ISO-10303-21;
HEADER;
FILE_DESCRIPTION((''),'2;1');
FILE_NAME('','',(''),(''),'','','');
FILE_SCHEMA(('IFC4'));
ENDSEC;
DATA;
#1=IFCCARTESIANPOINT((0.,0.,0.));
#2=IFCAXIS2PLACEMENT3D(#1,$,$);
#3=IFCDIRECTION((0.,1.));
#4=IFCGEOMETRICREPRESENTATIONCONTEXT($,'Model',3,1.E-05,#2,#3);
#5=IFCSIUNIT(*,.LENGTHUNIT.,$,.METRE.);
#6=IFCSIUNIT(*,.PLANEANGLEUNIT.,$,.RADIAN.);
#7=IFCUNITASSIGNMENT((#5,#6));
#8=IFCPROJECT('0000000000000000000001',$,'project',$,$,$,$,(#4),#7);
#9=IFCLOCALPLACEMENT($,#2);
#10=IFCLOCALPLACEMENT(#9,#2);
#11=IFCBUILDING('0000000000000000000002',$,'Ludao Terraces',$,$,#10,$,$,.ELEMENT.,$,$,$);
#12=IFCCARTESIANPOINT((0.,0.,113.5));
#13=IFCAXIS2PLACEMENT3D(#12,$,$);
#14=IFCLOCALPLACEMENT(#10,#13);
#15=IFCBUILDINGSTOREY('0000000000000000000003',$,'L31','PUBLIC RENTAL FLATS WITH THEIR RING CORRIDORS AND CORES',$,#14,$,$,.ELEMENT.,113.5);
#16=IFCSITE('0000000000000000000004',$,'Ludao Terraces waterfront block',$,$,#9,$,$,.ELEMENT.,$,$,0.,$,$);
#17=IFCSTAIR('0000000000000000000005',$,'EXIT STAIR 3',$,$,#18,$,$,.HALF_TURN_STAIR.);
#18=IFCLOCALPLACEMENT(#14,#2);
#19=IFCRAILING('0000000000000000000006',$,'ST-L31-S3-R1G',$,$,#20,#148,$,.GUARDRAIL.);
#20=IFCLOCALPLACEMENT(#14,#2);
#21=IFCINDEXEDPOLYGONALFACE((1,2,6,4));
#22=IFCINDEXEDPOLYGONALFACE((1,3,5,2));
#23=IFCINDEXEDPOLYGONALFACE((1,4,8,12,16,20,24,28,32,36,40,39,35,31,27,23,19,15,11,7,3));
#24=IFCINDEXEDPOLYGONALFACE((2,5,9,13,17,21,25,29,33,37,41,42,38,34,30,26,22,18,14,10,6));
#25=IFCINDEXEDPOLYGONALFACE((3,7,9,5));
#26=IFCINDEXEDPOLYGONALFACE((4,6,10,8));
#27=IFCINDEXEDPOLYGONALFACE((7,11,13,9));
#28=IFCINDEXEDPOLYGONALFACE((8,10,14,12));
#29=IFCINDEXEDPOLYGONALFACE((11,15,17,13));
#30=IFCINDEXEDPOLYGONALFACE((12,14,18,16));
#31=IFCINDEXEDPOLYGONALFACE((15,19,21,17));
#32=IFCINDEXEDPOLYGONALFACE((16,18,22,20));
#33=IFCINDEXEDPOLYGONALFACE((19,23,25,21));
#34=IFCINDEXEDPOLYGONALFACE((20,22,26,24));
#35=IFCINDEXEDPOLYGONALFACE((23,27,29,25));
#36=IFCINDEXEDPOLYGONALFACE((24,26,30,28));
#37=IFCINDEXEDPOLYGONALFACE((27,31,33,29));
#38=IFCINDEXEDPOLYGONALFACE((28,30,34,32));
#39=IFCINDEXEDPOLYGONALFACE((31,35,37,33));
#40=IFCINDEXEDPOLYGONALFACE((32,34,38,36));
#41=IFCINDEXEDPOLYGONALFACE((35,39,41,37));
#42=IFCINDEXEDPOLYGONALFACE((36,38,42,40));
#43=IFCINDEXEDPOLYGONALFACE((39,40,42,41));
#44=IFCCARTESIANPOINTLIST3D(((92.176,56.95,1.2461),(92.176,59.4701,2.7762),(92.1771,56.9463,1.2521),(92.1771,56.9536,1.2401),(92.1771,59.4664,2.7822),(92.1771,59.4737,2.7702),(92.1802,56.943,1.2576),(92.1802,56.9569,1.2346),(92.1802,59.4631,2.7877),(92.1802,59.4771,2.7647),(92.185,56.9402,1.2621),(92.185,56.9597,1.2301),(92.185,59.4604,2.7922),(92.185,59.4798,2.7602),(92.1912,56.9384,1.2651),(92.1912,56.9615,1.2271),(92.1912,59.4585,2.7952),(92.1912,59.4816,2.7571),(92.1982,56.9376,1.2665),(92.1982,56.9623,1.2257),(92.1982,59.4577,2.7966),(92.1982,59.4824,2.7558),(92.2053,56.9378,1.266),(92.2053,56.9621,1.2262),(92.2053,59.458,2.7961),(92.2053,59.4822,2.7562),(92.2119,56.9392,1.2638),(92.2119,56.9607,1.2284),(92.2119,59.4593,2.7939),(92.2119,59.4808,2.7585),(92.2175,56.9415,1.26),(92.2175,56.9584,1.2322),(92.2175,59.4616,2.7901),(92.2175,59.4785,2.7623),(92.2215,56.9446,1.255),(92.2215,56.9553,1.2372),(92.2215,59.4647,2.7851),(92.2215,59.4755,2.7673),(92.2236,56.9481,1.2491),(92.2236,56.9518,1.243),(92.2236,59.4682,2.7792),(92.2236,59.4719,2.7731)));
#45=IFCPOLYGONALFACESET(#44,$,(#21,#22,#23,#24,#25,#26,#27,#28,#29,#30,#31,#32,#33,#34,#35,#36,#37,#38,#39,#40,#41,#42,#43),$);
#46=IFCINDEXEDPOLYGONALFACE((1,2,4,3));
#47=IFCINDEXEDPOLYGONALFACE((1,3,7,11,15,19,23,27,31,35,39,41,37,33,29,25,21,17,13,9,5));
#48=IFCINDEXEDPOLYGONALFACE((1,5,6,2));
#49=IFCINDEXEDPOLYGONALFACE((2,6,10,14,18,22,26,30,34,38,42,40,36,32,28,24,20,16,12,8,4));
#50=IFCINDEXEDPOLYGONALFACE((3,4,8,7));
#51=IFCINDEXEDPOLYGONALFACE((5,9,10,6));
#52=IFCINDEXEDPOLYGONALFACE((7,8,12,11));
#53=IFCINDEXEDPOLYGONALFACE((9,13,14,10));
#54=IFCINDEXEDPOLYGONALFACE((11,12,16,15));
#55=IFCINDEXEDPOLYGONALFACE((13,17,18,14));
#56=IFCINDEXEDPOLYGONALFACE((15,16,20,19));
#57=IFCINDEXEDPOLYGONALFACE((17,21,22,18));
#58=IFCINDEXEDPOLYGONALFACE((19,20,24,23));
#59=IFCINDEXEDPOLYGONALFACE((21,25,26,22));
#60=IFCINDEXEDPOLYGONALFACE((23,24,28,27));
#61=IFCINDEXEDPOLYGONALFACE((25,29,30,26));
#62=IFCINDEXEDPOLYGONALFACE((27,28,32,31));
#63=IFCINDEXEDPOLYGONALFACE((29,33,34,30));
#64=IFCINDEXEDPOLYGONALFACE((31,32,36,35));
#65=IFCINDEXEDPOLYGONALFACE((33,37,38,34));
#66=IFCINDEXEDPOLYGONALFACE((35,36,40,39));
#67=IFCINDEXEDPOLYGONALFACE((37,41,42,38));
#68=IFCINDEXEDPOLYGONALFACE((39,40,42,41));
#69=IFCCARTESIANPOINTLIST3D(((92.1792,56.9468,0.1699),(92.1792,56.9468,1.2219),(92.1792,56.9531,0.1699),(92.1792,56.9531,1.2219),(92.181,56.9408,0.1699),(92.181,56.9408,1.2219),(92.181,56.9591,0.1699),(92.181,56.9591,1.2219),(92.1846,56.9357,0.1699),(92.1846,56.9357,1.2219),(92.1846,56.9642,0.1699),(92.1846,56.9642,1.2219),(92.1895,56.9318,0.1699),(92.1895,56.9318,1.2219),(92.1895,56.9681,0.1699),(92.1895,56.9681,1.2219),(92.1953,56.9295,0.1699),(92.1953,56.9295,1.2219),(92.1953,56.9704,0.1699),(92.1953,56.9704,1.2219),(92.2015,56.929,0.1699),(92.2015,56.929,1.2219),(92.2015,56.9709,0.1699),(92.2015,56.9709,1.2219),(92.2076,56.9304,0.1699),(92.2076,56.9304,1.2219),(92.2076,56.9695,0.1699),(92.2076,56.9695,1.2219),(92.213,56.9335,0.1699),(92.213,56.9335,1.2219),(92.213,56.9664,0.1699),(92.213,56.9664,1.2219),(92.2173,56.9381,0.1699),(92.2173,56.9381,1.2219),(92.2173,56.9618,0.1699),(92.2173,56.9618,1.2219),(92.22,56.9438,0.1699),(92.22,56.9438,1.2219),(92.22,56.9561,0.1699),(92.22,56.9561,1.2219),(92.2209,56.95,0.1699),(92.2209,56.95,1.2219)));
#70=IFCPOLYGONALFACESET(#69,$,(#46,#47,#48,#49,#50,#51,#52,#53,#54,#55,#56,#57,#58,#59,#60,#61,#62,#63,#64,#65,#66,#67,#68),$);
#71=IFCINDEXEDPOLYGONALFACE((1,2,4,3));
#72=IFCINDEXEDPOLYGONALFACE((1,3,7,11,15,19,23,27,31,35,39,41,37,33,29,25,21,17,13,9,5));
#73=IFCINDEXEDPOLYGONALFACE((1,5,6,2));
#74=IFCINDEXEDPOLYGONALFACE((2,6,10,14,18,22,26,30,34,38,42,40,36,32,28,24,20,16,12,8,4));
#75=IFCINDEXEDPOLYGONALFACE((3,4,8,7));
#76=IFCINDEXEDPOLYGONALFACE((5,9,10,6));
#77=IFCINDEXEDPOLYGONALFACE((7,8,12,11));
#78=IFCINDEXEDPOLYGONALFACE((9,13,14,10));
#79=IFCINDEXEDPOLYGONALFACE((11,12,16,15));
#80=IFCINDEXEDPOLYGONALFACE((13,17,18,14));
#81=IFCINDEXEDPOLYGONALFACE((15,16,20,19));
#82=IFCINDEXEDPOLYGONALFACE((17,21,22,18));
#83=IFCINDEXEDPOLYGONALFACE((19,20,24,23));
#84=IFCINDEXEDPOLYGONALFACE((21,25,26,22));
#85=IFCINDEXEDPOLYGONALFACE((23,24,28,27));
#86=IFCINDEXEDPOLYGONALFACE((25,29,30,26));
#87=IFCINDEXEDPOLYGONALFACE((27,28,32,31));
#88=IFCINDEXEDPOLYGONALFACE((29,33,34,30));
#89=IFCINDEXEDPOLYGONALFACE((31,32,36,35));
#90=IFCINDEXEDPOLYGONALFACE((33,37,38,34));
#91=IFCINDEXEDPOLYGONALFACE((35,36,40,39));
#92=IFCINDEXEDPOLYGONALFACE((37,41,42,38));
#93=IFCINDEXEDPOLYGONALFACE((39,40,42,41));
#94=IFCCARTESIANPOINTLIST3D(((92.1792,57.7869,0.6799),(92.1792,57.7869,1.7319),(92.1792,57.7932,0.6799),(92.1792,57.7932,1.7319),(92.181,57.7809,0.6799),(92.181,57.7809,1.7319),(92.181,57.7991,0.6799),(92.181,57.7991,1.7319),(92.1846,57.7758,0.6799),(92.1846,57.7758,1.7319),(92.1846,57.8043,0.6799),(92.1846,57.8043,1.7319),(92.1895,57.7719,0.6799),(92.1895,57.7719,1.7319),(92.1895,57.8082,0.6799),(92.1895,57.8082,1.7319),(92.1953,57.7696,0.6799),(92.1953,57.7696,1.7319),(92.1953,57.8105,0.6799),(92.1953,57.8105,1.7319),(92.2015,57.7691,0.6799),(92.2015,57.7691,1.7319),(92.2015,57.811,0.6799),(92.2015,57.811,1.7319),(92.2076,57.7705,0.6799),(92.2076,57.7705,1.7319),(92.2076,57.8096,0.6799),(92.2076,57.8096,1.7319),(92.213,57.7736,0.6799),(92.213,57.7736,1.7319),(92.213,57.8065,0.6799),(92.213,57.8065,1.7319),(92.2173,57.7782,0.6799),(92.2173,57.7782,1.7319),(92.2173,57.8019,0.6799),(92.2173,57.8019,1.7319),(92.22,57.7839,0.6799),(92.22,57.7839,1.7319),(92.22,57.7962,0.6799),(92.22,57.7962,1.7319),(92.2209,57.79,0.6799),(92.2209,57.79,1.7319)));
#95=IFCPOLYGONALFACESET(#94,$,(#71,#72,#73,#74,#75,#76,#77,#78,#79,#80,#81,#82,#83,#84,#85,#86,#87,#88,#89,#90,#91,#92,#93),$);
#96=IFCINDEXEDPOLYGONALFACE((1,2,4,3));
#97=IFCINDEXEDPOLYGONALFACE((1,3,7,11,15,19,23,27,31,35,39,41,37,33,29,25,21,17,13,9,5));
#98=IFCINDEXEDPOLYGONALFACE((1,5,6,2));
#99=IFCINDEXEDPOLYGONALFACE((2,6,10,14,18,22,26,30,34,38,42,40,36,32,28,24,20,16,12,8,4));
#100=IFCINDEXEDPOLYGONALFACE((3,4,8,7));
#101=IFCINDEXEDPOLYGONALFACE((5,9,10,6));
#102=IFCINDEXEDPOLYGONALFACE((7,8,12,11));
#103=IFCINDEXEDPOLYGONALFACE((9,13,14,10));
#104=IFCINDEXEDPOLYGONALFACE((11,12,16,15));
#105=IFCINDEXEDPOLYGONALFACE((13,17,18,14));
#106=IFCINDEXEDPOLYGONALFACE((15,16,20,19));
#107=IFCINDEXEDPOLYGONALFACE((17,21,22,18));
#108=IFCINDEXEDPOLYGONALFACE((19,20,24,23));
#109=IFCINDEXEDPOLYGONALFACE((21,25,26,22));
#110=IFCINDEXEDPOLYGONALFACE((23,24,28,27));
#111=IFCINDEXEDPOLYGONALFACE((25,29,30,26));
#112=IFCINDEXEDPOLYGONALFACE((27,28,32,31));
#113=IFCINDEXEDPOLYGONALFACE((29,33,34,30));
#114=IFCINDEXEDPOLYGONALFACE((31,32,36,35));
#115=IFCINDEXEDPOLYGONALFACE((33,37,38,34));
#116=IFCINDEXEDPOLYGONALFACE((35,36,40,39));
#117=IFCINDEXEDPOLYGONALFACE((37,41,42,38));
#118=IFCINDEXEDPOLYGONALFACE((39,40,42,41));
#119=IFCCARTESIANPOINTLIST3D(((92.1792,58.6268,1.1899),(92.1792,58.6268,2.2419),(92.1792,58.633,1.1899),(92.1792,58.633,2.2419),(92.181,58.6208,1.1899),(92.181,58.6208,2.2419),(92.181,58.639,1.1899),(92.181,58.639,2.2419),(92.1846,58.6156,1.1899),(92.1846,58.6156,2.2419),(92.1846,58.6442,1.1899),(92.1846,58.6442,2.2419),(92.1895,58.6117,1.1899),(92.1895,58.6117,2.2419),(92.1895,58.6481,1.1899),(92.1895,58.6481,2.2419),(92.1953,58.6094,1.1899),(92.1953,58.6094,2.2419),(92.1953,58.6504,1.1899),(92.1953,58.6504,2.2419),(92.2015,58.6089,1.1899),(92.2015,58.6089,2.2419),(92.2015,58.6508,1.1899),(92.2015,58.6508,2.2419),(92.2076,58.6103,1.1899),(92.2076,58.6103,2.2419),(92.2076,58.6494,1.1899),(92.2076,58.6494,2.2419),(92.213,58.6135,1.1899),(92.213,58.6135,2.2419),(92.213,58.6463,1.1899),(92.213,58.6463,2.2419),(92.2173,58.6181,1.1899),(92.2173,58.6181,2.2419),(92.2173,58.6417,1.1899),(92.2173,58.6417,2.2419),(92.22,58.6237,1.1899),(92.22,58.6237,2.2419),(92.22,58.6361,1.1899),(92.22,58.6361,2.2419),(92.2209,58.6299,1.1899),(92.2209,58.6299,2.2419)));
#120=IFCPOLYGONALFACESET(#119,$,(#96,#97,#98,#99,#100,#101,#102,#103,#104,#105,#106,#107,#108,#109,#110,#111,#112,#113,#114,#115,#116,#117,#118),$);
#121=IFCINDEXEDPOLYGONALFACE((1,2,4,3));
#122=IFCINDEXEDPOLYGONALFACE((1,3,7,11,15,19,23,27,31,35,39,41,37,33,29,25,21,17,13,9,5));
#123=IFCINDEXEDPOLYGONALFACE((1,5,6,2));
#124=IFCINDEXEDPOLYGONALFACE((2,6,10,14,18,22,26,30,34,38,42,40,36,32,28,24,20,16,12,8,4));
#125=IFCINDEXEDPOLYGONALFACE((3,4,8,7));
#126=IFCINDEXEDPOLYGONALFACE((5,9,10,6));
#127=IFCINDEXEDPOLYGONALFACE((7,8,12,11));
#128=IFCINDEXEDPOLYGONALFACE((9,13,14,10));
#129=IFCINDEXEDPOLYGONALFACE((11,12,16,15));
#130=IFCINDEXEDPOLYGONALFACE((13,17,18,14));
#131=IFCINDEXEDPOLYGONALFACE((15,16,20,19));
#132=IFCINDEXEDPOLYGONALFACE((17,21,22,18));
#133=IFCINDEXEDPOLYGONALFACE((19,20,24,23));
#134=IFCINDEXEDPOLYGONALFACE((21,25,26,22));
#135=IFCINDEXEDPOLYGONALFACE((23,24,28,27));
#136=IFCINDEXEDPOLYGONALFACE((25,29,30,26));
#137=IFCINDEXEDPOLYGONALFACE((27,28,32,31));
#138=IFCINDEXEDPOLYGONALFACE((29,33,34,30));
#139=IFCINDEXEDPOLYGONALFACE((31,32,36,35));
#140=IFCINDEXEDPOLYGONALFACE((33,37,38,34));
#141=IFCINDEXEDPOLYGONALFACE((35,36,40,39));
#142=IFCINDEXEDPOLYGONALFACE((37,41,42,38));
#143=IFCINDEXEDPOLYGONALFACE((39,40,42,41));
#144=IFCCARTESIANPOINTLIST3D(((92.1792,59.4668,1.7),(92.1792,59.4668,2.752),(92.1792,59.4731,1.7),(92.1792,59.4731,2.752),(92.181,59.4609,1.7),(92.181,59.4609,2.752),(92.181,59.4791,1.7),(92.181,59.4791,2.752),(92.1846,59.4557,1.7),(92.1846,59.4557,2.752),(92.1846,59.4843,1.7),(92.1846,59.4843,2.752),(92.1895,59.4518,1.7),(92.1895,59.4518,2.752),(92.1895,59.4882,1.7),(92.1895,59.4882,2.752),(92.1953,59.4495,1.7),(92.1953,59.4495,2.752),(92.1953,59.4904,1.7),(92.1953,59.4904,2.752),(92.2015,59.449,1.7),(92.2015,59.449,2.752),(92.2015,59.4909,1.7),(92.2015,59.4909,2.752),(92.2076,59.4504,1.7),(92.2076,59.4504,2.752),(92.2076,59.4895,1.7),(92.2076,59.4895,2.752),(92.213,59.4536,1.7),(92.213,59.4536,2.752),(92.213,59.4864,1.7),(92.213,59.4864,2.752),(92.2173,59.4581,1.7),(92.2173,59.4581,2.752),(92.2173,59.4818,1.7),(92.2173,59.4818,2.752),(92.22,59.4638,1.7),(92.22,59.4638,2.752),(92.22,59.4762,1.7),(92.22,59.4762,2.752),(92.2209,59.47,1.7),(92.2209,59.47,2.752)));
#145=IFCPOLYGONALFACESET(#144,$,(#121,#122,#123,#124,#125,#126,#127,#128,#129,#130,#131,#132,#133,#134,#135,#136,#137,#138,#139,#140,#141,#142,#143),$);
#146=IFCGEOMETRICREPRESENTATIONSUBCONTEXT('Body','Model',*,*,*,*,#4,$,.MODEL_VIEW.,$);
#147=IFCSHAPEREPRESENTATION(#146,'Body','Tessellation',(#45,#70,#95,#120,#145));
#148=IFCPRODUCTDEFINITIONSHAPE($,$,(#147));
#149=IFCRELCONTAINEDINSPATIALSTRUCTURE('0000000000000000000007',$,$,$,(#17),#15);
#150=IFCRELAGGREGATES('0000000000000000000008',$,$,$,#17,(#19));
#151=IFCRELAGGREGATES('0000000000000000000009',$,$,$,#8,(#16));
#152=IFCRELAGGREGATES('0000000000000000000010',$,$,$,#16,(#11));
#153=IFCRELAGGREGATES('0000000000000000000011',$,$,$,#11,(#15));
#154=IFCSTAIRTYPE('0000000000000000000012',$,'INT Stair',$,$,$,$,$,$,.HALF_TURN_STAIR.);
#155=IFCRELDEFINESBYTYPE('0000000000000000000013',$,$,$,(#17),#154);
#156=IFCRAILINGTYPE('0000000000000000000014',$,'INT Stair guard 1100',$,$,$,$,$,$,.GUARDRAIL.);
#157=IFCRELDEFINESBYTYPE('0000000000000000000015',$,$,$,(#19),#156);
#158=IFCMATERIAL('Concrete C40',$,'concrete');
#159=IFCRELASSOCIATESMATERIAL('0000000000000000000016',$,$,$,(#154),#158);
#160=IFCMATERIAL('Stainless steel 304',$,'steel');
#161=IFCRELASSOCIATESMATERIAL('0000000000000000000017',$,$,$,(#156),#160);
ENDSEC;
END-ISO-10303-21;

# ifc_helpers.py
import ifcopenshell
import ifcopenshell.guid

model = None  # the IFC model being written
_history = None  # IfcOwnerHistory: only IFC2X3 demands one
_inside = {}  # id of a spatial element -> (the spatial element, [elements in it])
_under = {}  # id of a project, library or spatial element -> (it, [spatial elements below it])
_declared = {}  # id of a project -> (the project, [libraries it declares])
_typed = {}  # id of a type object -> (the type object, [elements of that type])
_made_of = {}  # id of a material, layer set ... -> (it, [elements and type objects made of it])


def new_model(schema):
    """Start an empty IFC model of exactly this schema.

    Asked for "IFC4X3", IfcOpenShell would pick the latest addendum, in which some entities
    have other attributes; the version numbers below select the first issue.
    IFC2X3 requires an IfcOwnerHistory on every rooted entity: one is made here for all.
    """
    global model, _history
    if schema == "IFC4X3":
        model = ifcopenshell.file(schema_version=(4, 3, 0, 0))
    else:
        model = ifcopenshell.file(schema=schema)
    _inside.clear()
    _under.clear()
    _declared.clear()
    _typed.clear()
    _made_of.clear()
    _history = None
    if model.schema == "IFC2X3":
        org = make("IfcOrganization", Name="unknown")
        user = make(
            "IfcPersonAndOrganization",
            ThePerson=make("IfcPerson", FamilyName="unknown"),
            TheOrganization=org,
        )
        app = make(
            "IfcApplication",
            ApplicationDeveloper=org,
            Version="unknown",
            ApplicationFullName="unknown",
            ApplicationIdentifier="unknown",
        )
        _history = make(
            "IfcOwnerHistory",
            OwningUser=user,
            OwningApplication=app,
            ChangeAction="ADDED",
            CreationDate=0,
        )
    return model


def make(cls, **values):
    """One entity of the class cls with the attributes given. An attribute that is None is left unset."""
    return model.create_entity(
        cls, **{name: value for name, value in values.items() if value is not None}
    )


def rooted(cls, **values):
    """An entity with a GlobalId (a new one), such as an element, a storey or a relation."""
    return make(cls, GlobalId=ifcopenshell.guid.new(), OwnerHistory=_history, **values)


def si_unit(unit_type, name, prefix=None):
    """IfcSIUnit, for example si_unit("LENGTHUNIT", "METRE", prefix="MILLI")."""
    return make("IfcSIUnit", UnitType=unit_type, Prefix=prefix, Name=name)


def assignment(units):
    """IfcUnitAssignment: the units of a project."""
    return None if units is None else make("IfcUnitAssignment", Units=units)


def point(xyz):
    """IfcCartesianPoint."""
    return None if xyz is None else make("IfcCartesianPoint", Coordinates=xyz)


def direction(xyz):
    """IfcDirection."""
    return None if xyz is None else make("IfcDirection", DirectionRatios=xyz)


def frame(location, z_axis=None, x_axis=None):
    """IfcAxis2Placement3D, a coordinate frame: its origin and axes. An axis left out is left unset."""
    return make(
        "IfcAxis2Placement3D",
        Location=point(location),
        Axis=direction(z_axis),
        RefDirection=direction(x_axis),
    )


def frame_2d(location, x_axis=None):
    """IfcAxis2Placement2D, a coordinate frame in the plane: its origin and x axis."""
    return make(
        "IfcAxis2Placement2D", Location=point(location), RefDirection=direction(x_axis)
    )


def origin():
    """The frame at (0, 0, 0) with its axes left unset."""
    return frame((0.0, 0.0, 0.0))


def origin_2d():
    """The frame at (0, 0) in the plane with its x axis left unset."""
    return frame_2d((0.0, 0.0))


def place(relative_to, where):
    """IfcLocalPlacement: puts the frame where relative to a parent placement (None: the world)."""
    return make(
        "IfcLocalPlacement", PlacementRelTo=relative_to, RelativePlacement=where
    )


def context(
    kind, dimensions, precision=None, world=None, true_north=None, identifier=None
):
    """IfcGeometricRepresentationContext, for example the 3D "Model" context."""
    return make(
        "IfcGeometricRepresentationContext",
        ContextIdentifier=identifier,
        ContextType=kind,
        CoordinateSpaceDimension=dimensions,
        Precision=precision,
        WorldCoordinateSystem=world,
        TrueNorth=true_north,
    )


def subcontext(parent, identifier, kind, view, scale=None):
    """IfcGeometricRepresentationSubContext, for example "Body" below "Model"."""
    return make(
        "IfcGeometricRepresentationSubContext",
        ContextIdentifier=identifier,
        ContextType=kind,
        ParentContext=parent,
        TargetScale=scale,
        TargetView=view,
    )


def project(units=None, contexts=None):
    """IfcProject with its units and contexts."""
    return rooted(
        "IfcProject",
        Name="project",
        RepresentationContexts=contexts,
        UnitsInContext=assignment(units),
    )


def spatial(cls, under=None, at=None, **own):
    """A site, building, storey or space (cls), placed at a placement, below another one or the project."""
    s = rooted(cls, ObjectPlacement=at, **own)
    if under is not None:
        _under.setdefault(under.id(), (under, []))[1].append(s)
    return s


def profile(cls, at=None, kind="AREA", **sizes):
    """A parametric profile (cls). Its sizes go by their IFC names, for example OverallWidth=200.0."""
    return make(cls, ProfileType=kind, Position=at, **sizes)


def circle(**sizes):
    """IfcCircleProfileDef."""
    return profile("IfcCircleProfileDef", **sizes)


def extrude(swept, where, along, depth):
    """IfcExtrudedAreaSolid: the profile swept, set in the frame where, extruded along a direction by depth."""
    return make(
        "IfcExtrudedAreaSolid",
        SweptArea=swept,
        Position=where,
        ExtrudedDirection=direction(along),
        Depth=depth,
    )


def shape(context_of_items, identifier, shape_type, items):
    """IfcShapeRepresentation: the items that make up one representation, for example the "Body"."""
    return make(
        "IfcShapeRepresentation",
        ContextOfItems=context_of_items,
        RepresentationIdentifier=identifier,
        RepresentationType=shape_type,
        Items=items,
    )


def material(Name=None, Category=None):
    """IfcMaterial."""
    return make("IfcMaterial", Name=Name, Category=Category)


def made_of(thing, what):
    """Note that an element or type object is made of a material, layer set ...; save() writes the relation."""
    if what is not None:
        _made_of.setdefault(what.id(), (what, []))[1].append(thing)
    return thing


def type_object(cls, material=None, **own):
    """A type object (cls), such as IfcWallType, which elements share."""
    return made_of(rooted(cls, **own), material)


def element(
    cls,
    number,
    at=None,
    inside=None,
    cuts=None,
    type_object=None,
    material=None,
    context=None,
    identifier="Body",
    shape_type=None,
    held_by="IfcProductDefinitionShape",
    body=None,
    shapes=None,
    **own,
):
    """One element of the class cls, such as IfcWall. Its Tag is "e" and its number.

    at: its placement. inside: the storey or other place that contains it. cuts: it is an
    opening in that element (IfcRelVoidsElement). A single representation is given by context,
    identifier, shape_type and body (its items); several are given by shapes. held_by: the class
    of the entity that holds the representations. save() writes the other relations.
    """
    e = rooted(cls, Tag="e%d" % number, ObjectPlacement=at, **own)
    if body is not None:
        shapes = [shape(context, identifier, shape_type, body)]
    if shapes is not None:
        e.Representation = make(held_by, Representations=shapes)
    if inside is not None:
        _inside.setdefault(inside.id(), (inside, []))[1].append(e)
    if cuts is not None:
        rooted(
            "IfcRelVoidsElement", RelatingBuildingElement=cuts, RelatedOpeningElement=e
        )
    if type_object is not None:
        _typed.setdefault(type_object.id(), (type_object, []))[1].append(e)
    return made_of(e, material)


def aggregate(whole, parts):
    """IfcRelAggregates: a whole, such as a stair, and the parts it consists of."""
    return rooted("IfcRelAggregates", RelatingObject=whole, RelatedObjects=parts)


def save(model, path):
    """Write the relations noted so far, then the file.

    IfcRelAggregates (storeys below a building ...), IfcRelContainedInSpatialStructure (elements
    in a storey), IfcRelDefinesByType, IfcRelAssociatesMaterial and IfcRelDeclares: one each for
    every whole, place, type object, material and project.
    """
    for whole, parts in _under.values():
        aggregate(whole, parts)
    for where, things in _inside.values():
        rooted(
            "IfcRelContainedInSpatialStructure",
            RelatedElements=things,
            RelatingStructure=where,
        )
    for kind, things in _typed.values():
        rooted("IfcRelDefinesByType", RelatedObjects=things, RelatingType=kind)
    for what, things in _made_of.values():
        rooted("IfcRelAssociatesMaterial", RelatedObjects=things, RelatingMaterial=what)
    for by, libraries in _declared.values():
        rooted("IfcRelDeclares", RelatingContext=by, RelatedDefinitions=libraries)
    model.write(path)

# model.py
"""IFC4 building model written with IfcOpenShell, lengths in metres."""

from ifc_helpers import new_model, si_unit, direction, frame, origin, origin_2d, place, context, subcontext, project, spatial, circle, extrude, material, type_object, element, aggregate, save


model = new_model("IFC4")

# Units and contexts
model_context = context("Model", 3, precision=1e-05, world=origin(), true_north=direction((0.0, 1.0)))
body_context = subcontext(model_context, "Body", "Model", "MODEL_VIEW")
ifc_project = project(units=[si_unit("LENGTHUNIT", "METRE"), si_unit("PLANEANGLEUNIT", "RADIAN")], contexts=[model_context])

# Site, building, storey
site_placement = place(None, origin())
site = spatial("IfcSite", under=ifc_project, at=site_placement, Name="Ludao Terraces waterfront block", CompositionType="ELEMENT", RefElevation=0.0)
building_placement = place(site_placement, origin())
building = spatial("IfcBuilding", under=site, at=building_placement, Name="Ludao Terraces", CompositionType="ELEMENT")
storey_placement = place(building_placement, frame((0.0, 0.0, 113.5)))
storey = spatial("IfcBuildingStorey", under=building, at=storey_placement, Name="L31", Description="PUBLIC RENTAL FLATS WITH THEIR RING CORRIDORS AND CORES", CompositionType="ELEMENT", Elevation=113.5)

# Shared definitions
ifc_material_1 = material(Name="Concrete C40", Category="concrete")

# Stair, railing
stair_type = type_object("IfcStairType", Name="INT Stair", PredefinedType="HALF_TURN_STAIR", material=ifc_material_1)
stair_placement = place(storey_placement, origin())
stair = element("IfcStair", 1, at=stair_placement, inside=storey, type_object=stair_type, Name="EXIT STAIR 3", PredefinedType="HALF_TURN_STAIR")
ifc_material_2 = material(Name="Stainless steel 304", Category="steel")
railing_type_1 = type_object("IfcRailingType", Name="INT Stair guard 1100", PredefinedType="GUARDRAIL", material=ifc_material_2)
railing_1_placement = place(storey_placement, frame((92.2, 56.95, 0.1699)))
railing_1 = element("IfcRailing", 2, at=railing_1_placement, type_object=railing_type_1, Name="ST-L31-S3-R1G", PredefinedType="GUARDRAIL", context=body_context, shape_type="SweptSolid", body=[
    extrude(circle(Radius=0.0239, at=origin_2d()), frame((0.0, 0.0, 1.0762), z_axis=(0.0, 0.854785, 0.518982), x_axis=(-1.0, 0.0, 0.0)), (0.0, 0.0, 1.0), 2.9482),
    extrude(circle(Radius=0.021, at=origin_2d()), origin(), (0.0, 0.0, 1.0), 1.052),
    extrude(circle(Radius=0.021, at=origin_2d()), frame((0.0, 0.8401, 0.51)), (0.0, 0.0, 1.0), 1.052),
    extrude(circle(Radius=0.021, at=origin_2d()), frame((0.0, 1.6799, 1.02)), (0.0, 0.0, 1.0), 1.052),
    extrude(circle(Radius=0.021, at=origin_2d()), frame((0.0, 2.52, 1.53)), (0.0, 0.0, 1.0), 1.052),
])
aggregate(stair, [railing_1])

save(model, "model.ifc")
